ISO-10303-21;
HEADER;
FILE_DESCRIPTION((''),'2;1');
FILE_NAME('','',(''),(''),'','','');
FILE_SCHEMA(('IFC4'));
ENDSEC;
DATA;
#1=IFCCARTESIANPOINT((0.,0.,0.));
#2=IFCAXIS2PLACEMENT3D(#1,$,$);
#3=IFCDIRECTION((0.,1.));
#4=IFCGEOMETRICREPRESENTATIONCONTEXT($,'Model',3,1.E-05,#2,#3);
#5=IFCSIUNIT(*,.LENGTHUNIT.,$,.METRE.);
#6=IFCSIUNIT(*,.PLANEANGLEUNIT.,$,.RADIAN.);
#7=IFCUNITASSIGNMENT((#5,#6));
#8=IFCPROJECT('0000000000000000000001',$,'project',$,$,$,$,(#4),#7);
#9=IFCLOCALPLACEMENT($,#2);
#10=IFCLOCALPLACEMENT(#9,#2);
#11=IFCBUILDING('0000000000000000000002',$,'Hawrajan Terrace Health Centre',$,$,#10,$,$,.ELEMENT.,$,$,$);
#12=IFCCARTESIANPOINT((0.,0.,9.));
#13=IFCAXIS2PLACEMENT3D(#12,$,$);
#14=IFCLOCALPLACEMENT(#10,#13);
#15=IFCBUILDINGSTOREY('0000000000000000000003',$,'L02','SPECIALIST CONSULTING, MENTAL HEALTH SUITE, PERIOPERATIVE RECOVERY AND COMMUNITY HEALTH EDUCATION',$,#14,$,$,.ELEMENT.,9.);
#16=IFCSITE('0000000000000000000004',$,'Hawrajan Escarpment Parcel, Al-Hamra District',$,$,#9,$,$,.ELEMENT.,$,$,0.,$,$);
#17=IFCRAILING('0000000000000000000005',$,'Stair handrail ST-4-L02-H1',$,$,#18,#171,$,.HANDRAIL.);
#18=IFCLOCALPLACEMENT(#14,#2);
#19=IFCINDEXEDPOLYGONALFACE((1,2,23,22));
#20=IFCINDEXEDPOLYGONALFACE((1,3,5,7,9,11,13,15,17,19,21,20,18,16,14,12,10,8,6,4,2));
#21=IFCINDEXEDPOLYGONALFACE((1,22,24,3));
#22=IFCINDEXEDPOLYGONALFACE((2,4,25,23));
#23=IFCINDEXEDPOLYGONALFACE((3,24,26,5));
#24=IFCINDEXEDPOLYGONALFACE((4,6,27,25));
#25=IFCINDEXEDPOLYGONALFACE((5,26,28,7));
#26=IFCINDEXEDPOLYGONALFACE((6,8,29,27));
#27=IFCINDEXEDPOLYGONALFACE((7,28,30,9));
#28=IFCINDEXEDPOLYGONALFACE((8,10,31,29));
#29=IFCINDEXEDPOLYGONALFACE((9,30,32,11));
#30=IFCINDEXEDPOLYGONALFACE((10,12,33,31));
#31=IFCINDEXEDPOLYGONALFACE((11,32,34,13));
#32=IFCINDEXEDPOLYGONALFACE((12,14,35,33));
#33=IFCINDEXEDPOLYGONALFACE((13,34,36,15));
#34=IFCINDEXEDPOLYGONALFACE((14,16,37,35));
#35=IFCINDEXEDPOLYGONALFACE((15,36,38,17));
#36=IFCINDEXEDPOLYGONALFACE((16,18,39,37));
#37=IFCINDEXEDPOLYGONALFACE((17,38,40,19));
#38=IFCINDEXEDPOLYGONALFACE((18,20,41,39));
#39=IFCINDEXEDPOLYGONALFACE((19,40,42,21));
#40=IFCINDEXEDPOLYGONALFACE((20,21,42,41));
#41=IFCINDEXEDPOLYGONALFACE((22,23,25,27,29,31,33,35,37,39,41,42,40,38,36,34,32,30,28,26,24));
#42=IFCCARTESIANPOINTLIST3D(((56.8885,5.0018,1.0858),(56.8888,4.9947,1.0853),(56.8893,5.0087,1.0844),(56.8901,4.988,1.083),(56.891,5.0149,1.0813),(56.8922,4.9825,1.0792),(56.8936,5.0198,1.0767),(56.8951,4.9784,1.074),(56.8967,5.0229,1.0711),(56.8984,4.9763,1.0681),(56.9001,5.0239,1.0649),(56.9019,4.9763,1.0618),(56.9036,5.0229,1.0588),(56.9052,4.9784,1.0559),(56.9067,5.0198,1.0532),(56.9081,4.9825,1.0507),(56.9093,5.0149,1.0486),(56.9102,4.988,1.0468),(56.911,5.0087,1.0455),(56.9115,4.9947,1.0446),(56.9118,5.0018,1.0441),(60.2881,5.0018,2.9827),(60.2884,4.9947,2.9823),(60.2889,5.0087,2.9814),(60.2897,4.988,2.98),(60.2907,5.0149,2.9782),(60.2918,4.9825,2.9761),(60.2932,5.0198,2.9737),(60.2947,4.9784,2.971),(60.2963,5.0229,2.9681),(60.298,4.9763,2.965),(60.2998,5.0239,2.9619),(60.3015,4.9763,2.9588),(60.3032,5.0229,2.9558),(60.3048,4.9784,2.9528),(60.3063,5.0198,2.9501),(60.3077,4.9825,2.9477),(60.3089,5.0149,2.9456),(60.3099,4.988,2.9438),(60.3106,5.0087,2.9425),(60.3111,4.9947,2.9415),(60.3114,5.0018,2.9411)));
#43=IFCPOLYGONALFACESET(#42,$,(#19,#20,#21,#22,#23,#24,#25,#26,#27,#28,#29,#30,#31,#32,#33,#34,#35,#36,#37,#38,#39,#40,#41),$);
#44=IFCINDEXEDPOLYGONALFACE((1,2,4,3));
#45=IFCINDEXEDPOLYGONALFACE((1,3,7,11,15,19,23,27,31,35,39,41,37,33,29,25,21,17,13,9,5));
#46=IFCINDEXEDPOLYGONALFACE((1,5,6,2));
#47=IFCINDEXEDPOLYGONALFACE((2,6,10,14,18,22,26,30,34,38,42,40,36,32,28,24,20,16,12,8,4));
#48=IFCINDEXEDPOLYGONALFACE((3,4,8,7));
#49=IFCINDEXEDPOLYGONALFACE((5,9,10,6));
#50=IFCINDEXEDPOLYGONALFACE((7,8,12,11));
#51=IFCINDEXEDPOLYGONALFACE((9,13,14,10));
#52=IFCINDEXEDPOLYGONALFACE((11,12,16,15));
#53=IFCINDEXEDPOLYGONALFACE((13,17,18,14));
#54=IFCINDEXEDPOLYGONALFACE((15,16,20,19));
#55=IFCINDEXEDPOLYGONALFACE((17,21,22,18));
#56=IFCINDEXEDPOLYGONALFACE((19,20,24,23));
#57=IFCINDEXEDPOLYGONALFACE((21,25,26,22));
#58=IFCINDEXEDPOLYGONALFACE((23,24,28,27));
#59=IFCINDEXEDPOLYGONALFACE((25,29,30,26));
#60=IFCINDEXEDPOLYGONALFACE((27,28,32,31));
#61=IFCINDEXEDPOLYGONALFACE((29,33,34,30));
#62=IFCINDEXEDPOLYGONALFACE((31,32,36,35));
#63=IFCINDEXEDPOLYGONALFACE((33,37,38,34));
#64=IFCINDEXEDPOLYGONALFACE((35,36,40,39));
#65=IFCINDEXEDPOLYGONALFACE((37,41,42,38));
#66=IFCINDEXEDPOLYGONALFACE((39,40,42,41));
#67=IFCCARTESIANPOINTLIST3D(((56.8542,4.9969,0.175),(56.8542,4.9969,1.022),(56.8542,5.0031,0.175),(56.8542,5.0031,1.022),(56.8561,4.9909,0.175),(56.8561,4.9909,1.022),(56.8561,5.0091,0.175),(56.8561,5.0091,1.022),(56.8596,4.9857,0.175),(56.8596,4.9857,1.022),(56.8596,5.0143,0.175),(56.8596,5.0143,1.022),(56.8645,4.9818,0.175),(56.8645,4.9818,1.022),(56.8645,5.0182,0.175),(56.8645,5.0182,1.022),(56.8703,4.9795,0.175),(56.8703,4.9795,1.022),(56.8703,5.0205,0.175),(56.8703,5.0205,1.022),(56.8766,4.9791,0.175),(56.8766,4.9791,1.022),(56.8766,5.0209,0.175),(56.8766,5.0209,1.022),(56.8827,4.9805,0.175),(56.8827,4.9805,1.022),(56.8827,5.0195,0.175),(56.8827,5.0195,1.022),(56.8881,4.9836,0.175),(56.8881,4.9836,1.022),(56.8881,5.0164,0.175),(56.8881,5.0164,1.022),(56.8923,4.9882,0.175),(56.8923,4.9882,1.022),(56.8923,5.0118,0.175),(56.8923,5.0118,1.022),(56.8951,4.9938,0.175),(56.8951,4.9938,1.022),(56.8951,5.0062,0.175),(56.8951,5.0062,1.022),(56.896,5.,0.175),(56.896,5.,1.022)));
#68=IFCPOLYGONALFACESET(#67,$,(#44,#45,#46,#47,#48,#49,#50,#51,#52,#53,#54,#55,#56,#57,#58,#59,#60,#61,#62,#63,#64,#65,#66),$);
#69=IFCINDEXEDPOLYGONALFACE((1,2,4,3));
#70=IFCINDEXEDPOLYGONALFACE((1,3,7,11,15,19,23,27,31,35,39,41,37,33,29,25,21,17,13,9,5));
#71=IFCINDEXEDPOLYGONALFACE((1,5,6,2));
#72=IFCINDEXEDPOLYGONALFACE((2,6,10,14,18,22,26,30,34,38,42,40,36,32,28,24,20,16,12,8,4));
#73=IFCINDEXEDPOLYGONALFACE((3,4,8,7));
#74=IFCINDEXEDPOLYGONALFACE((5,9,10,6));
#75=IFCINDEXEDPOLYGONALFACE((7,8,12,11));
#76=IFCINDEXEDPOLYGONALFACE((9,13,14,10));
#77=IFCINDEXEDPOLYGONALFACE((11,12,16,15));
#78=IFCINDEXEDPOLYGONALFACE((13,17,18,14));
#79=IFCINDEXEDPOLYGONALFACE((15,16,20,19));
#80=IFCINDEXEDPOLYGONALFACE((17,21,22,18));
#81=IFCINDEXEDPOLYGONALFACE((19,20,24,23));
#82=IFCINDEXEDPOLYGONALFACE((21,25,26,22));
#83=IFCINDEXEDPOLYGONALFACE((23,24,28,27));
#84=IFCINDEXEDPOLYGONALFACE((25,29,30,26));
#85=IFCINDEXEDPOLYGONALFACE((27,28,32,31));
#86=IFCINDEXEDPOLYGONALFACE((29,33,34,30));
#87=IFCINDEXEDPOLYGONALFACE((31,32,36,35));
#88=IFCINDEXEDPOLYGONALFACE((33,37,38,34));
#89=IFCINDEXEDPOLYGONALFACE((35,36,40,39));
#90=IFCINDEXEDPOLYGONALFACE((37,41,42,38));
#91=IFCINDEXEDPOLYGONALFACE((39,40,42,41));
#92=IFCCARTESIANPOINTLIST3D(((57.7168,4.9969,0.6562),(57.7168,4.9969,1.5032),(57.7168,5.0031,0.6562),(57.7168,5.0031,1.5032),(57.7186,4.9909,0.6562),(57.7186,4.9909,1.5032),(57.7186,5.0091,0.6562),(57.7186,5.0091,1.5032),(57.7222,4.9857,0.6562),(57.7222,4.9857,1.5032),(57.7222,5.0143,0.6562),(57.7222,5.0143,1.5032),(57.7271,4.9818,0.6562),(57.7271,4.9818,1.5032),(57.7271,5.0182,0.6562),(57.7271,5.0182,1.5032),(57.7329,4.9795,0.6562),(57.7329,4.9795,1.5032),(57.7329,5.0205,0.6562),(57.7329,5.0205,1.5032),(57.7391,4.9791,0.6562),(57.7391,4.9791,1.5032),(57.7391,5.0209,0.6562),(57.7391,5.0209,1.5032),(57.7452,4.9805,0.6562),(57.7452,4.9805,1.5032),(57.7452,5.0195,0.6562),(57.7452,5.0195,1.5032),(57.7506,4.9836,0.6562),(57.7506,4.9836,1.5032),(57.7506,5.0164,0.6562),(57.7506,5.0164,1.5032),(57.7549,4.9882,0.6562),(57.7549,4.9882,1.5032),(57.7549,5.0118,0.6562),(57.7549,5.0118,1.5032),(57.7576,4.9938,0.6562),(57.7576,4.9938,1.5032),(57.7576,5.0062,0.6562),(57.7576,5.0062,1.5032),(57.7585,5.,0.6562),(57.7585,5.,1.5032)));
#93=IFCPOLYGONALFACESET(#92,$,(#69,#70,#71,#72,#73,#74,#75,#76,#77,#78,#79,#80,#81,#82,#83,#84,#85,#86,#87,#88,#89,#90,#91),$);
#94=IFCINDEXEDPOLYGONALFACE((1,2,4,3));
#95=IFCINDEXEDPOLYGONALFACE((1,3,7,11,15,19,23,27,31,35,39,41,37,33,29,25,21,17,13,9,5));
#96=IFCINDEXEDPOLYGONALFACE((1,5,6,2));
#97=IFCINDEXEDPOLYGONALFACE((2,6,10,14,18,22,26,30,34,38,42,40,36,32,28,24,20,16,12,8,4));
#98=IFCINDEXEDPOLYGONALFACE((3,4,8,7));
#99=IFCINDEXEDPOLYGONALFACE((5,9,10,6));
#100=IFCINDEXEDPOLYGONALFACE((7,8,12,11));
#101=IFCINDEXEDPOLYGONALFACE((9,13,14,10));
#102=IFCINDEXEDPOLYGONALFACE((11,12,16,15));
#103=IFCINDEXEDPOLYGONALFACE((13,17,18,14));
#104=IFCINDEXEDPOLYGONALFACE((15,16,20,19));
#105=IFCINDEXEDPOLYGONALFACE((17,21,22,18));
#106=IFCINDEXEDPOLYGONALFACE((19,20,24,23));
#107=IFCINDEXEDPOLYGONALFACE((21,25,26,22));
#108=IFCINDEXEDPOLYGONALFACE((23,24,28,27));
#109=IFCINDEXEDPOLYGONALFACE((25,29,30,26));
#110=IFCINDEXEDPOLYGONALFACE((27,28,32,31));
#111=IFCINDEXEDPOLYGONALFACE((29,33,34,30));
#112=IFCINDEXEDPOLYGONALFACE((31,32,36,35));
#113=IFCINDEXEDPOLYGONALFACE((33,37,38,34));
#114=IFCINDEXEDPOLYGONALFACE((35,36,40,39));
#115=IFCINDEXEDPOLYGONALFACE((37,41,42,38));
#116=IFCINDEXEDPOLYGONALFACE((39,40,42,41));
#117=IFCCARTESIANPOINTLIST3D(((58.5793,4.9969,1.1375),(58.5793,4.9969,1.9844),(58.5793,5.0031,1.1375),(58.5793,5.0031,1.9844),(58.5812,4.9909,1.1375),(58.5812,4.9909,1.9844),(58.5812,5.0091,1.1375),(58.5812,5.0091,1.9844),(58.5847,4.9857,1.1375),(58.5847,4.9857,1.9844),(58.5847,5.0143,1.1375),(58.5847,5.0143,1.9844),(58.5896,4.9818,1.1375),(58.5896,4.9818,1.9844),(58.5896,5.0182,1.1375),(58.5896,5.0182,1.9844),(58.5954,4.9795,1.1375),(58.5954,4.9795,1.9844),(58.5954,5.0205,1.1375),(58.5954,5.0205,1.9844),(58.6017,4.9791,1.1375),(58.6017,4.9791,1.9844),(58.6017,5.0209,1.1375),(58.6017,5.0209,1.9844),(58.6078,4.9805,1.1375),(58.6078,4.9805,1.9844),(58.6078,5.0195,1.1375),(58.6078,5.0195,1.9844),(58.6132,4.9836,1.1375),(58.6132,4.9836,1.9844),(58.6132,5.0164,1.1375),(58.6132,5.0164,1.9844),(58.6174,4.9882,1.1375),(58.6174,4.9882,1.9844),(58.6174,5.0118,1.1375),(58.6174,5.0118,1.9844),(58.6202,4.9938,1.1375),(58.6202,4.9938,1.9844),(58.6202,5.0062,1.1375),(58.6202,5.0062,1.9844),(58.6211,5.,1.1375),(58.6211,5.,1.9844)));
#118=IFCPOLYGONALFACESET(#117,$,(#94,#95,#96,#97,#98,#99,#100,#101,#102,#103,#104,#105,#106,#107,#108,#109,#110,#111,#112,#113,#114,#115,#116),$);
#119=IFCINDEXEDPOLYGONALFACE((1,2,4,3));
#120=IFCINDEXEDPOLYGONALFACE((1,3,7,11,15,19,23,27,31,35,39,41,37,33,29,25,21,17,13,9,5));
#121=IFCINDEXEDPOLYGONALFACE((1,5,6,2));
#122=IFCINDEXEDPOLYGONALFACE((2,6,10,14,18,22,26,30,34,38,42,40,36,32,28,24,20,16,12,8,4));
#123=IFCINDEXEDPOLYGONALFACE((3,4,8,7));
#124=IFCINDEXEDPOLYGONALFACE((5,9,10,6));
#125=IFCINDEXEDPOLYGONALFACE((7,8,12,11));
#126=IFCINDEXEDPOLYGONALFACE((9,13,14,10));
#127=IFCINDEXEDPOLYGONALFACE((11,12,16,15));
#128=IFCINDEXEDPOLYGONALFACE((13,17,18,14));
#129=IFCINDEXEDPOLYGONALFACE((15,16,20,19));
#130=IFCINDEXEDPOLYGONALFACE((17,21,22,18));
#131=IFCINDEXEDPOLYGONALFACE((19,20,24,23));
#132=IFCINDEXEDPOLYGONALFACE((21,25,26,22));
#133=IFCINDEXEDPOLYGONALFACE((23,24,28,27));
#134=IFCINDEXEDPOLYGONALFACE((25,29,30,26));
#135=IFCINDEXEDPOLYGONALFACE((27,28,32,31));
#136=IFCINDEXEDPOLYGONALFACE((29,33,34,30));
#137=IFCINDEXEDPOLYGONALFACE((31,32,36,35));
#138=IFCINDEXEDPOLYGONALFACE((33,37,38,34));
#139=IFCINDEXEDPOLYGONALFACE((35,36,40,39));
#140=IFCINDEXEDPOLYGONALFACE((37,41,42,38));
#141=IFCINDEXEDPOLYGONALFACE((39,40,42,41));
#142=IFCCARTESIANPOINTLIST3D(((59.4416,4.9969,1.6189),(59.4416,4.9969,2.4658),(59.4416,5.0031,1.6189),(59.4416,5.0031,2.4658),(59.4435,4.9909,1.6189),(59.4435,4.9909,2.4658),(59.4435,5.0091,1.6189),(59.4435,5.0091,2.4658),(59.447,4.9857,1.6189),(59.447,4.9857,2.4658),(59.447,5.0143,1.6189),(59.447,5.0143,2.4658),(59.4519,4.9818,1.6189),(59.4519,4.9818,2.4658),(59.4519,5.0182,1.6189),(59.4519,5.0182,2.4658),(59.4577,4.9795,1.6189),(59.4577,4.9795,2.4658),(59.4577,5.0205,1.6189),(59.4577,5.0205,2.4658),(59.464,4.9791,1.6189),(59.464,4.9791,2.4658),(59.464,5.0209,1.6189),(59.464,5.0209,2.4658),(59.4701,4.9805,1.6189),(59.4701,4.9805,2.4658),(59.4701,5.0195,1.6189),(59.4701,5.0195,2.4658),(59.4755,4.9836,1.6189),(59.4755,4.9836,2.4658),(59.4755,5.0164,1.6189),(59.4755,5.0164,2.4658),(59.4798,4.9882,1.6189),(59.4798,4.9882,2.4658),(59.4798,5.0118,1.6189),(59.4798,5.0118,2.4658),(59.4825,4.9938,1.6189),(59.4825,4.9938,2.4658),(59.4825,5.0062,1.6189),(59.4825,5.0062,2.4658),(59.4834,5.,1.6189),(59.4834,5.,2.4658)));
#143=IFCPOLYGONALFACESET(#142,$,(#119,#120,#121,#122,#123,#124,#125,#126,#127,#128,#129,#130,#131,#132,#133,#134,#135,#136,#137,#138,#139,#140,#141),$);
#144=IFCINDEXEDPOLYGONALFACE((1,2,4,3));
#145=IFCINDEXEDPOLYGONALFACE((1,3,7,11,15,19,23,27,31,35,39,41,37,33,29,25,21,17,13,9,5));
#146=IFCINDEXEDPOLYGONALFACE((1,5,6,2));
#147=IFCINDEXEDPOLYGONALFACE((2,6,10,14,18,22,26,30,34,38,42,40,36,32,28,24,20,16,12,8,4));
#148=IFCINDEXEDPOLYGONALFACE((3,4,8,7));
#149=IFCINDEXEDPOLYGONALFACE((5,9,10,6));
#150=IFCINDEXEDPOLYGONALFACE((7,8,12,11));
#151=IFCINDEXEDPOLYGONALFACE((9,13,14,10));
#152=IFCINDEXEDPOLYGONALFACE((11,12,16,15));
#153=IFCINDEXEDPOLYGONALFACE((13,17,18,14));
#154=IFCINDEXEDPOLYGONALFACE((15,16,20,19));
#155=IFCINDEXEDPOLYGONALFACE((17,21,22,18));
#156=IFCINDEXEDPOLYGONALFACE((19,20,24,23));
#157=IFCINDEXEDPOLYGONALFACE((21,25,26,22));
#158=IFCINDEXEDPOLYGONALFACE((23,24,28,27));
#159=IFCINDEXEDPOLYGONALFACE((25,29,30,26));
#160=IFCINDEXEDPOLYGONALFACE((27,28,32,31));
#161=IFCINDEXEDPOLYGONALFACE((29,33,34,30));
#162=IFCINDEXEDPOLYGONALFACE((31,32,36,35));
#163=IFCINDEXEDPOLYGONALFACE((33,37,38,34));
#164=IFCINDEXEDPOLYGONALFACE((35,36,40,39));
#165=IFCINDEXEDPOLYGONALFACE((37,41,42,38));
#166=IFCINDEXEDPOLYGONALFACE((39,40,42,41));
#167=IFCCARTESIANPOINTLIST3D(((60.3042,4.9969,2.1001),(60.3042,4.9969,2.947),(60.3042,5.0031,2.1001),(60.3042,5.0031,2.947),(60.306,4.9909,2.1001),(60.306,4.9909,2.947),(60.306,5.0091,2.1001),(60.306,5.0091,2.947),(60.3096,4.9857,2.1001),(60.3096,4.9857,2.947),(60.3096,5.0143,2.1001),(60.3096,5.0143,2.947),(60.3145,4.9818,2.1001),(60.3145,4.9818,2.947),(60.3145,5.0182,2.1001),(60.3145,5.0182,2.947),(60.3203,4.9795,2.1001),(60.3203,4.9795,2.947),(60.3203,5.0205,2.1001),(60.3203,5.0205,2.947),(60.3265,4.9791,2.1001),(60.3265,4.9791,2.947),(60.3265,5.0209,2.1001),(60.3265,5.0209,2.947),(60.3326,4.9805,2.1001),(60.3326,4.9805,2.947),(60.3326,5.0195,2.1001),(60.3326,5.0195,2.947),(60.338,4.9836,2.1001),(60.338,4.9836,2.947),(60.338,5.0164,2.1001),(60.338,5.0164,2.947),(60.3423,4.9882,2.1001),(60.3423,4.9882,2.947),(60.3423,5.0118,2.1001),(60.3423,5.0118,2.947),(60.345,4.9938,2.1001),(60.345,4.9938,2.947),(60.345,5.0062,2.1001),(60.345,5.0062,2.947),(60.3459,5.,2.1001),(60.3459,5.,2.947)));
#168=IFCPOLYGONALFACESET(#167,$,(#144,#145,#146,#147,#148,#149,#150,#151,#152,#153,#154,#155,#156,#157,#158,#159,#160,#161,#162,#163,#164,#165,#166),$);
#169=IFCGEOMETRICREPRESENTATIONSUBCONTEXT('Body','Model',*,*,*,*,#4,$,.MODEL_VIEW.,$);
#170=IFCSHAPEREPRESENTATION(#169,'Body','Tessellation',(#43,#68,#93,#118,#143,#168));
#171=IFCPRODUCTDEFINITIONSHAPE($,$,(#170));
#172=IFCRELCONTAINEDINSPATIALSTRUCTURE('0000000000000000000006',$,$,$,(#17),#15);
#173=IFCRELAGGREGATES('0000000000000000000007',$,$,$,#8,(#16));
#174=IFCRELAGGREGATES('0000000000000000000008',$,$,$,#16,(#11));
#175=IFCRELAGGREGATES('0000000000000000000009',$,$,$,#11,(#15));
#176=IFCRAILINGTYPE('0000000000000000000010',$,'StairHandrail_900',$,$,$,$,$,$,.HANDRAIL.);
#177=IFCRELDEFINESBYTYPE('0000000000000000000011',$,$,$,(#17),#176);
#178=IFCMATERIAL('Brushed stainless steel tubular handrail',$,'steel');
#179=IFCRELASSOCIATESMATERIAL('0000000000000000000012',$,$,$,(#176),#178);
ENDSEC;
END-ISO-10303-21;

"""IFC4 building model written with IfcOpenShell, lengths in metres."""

from ifc_helpers import new_model, si_unit, direction, frame, origin, origin_2d, place, context, subcontext, project, spatial, circle, extrude, material, type_object, element, save


model = new_model("IFC4")

# Units and contexts
model_context = context("Model", 3, precision=1e-05, world=origin(), true_north=direction((0.0, 1.0)))
body_context = subcontext(model_context, "Body", "Model", "MODEL_VIEW")
ifc_project = project(units=[si_unit("LENGTHUNIT", "METRE"), si_unit("PLANEANGLEUNIT", "RADIAN")], contexts=[model_context])

# Site, building, storey
site_placement = place(None, origin())
site = spatial("IfcSite", under=ifc_project, at=site_placement, Name="Hawrajan Escarpment Parcel, Al-Hamra District", CompositionType="ELEMENT", RefElevation=0.0)
building_placement = place(site_placement, origin())
building = spatial("IfcBuilding", under=site, at=building_placement, Name="Hawrajan Terrace Health Centre", CompositionType="ELEMENT")
storey_placement = place(building_placement, frame((0.0, 0.0, 9.0)))
storey = spatial("IfcBuildingStorey", under=building, at=storey_placement, Name="L02", Description="SPECIALIST CONSULTING, MENTAL HEALTH SUITE, PERIOPERATIVE RECOVERY AND COMMUNITY HEALTH EDUCATION", CompositionType="ELEMENT", Elevation=9.0)

# Railing
ifc_material_1 = material(Name="Brushed stainless steel tubular handrail", Category="steel")
railing_type = type_object("IfcRailingType", Name="StairHandrail_900", PredefinedType="HANDRAIL", material=ifc_material_1)
railing_placement = place(storey_placement, frame((56.875, 5.0, 0.175)))
element("IfcRailing", 1, at=railing_placement, inside=storey, type_object=railing_type, Name="Stair handrail ST-4-L02-H1", PredefinedType="HANDRAIL", context=body_context, shape_type="SweptSolid", body=[
    extrude(circle(Radius=0.0239, at=origin_2d()), frame((0.0251, 0.0, 0.8899), z_axis=(0.873252, 0.0, 0.487269), x_axis=(0.0, 1.0, 0.0)), (0.0, 0.0, 1.0), 3.8931),
    extrude(circle(Radius=0.021, at=origin_2d()), origin(), (0.0, 0.0, 1.0), 0.8469),
    extrude(circle(Radius=0.021, at=origin_2d()), frame((0.8625, 0.0, 0.4812)), (0.0, 0.0, 1.0), 0.8469),
    extrude(circle(Radius=0.021, at=origin_2d()), frame((1.7251, 0.0, 0.9624)), (0.0, 0.0, 1.0), 0.8469),
    extrude(circle(Radius=0.021, at=origin_2d()), frame((2.5874, 0.0, 1.4438)), (0.0, 0.0, 1.0), 0.8469),
    extrude(circle(Radius=0.021, at=origin_2d()), frame((3.45, 0.0, 1.925)), (0.0, 0.0, 1.0), 0.8469),
])

save(model, "model.ifc")
